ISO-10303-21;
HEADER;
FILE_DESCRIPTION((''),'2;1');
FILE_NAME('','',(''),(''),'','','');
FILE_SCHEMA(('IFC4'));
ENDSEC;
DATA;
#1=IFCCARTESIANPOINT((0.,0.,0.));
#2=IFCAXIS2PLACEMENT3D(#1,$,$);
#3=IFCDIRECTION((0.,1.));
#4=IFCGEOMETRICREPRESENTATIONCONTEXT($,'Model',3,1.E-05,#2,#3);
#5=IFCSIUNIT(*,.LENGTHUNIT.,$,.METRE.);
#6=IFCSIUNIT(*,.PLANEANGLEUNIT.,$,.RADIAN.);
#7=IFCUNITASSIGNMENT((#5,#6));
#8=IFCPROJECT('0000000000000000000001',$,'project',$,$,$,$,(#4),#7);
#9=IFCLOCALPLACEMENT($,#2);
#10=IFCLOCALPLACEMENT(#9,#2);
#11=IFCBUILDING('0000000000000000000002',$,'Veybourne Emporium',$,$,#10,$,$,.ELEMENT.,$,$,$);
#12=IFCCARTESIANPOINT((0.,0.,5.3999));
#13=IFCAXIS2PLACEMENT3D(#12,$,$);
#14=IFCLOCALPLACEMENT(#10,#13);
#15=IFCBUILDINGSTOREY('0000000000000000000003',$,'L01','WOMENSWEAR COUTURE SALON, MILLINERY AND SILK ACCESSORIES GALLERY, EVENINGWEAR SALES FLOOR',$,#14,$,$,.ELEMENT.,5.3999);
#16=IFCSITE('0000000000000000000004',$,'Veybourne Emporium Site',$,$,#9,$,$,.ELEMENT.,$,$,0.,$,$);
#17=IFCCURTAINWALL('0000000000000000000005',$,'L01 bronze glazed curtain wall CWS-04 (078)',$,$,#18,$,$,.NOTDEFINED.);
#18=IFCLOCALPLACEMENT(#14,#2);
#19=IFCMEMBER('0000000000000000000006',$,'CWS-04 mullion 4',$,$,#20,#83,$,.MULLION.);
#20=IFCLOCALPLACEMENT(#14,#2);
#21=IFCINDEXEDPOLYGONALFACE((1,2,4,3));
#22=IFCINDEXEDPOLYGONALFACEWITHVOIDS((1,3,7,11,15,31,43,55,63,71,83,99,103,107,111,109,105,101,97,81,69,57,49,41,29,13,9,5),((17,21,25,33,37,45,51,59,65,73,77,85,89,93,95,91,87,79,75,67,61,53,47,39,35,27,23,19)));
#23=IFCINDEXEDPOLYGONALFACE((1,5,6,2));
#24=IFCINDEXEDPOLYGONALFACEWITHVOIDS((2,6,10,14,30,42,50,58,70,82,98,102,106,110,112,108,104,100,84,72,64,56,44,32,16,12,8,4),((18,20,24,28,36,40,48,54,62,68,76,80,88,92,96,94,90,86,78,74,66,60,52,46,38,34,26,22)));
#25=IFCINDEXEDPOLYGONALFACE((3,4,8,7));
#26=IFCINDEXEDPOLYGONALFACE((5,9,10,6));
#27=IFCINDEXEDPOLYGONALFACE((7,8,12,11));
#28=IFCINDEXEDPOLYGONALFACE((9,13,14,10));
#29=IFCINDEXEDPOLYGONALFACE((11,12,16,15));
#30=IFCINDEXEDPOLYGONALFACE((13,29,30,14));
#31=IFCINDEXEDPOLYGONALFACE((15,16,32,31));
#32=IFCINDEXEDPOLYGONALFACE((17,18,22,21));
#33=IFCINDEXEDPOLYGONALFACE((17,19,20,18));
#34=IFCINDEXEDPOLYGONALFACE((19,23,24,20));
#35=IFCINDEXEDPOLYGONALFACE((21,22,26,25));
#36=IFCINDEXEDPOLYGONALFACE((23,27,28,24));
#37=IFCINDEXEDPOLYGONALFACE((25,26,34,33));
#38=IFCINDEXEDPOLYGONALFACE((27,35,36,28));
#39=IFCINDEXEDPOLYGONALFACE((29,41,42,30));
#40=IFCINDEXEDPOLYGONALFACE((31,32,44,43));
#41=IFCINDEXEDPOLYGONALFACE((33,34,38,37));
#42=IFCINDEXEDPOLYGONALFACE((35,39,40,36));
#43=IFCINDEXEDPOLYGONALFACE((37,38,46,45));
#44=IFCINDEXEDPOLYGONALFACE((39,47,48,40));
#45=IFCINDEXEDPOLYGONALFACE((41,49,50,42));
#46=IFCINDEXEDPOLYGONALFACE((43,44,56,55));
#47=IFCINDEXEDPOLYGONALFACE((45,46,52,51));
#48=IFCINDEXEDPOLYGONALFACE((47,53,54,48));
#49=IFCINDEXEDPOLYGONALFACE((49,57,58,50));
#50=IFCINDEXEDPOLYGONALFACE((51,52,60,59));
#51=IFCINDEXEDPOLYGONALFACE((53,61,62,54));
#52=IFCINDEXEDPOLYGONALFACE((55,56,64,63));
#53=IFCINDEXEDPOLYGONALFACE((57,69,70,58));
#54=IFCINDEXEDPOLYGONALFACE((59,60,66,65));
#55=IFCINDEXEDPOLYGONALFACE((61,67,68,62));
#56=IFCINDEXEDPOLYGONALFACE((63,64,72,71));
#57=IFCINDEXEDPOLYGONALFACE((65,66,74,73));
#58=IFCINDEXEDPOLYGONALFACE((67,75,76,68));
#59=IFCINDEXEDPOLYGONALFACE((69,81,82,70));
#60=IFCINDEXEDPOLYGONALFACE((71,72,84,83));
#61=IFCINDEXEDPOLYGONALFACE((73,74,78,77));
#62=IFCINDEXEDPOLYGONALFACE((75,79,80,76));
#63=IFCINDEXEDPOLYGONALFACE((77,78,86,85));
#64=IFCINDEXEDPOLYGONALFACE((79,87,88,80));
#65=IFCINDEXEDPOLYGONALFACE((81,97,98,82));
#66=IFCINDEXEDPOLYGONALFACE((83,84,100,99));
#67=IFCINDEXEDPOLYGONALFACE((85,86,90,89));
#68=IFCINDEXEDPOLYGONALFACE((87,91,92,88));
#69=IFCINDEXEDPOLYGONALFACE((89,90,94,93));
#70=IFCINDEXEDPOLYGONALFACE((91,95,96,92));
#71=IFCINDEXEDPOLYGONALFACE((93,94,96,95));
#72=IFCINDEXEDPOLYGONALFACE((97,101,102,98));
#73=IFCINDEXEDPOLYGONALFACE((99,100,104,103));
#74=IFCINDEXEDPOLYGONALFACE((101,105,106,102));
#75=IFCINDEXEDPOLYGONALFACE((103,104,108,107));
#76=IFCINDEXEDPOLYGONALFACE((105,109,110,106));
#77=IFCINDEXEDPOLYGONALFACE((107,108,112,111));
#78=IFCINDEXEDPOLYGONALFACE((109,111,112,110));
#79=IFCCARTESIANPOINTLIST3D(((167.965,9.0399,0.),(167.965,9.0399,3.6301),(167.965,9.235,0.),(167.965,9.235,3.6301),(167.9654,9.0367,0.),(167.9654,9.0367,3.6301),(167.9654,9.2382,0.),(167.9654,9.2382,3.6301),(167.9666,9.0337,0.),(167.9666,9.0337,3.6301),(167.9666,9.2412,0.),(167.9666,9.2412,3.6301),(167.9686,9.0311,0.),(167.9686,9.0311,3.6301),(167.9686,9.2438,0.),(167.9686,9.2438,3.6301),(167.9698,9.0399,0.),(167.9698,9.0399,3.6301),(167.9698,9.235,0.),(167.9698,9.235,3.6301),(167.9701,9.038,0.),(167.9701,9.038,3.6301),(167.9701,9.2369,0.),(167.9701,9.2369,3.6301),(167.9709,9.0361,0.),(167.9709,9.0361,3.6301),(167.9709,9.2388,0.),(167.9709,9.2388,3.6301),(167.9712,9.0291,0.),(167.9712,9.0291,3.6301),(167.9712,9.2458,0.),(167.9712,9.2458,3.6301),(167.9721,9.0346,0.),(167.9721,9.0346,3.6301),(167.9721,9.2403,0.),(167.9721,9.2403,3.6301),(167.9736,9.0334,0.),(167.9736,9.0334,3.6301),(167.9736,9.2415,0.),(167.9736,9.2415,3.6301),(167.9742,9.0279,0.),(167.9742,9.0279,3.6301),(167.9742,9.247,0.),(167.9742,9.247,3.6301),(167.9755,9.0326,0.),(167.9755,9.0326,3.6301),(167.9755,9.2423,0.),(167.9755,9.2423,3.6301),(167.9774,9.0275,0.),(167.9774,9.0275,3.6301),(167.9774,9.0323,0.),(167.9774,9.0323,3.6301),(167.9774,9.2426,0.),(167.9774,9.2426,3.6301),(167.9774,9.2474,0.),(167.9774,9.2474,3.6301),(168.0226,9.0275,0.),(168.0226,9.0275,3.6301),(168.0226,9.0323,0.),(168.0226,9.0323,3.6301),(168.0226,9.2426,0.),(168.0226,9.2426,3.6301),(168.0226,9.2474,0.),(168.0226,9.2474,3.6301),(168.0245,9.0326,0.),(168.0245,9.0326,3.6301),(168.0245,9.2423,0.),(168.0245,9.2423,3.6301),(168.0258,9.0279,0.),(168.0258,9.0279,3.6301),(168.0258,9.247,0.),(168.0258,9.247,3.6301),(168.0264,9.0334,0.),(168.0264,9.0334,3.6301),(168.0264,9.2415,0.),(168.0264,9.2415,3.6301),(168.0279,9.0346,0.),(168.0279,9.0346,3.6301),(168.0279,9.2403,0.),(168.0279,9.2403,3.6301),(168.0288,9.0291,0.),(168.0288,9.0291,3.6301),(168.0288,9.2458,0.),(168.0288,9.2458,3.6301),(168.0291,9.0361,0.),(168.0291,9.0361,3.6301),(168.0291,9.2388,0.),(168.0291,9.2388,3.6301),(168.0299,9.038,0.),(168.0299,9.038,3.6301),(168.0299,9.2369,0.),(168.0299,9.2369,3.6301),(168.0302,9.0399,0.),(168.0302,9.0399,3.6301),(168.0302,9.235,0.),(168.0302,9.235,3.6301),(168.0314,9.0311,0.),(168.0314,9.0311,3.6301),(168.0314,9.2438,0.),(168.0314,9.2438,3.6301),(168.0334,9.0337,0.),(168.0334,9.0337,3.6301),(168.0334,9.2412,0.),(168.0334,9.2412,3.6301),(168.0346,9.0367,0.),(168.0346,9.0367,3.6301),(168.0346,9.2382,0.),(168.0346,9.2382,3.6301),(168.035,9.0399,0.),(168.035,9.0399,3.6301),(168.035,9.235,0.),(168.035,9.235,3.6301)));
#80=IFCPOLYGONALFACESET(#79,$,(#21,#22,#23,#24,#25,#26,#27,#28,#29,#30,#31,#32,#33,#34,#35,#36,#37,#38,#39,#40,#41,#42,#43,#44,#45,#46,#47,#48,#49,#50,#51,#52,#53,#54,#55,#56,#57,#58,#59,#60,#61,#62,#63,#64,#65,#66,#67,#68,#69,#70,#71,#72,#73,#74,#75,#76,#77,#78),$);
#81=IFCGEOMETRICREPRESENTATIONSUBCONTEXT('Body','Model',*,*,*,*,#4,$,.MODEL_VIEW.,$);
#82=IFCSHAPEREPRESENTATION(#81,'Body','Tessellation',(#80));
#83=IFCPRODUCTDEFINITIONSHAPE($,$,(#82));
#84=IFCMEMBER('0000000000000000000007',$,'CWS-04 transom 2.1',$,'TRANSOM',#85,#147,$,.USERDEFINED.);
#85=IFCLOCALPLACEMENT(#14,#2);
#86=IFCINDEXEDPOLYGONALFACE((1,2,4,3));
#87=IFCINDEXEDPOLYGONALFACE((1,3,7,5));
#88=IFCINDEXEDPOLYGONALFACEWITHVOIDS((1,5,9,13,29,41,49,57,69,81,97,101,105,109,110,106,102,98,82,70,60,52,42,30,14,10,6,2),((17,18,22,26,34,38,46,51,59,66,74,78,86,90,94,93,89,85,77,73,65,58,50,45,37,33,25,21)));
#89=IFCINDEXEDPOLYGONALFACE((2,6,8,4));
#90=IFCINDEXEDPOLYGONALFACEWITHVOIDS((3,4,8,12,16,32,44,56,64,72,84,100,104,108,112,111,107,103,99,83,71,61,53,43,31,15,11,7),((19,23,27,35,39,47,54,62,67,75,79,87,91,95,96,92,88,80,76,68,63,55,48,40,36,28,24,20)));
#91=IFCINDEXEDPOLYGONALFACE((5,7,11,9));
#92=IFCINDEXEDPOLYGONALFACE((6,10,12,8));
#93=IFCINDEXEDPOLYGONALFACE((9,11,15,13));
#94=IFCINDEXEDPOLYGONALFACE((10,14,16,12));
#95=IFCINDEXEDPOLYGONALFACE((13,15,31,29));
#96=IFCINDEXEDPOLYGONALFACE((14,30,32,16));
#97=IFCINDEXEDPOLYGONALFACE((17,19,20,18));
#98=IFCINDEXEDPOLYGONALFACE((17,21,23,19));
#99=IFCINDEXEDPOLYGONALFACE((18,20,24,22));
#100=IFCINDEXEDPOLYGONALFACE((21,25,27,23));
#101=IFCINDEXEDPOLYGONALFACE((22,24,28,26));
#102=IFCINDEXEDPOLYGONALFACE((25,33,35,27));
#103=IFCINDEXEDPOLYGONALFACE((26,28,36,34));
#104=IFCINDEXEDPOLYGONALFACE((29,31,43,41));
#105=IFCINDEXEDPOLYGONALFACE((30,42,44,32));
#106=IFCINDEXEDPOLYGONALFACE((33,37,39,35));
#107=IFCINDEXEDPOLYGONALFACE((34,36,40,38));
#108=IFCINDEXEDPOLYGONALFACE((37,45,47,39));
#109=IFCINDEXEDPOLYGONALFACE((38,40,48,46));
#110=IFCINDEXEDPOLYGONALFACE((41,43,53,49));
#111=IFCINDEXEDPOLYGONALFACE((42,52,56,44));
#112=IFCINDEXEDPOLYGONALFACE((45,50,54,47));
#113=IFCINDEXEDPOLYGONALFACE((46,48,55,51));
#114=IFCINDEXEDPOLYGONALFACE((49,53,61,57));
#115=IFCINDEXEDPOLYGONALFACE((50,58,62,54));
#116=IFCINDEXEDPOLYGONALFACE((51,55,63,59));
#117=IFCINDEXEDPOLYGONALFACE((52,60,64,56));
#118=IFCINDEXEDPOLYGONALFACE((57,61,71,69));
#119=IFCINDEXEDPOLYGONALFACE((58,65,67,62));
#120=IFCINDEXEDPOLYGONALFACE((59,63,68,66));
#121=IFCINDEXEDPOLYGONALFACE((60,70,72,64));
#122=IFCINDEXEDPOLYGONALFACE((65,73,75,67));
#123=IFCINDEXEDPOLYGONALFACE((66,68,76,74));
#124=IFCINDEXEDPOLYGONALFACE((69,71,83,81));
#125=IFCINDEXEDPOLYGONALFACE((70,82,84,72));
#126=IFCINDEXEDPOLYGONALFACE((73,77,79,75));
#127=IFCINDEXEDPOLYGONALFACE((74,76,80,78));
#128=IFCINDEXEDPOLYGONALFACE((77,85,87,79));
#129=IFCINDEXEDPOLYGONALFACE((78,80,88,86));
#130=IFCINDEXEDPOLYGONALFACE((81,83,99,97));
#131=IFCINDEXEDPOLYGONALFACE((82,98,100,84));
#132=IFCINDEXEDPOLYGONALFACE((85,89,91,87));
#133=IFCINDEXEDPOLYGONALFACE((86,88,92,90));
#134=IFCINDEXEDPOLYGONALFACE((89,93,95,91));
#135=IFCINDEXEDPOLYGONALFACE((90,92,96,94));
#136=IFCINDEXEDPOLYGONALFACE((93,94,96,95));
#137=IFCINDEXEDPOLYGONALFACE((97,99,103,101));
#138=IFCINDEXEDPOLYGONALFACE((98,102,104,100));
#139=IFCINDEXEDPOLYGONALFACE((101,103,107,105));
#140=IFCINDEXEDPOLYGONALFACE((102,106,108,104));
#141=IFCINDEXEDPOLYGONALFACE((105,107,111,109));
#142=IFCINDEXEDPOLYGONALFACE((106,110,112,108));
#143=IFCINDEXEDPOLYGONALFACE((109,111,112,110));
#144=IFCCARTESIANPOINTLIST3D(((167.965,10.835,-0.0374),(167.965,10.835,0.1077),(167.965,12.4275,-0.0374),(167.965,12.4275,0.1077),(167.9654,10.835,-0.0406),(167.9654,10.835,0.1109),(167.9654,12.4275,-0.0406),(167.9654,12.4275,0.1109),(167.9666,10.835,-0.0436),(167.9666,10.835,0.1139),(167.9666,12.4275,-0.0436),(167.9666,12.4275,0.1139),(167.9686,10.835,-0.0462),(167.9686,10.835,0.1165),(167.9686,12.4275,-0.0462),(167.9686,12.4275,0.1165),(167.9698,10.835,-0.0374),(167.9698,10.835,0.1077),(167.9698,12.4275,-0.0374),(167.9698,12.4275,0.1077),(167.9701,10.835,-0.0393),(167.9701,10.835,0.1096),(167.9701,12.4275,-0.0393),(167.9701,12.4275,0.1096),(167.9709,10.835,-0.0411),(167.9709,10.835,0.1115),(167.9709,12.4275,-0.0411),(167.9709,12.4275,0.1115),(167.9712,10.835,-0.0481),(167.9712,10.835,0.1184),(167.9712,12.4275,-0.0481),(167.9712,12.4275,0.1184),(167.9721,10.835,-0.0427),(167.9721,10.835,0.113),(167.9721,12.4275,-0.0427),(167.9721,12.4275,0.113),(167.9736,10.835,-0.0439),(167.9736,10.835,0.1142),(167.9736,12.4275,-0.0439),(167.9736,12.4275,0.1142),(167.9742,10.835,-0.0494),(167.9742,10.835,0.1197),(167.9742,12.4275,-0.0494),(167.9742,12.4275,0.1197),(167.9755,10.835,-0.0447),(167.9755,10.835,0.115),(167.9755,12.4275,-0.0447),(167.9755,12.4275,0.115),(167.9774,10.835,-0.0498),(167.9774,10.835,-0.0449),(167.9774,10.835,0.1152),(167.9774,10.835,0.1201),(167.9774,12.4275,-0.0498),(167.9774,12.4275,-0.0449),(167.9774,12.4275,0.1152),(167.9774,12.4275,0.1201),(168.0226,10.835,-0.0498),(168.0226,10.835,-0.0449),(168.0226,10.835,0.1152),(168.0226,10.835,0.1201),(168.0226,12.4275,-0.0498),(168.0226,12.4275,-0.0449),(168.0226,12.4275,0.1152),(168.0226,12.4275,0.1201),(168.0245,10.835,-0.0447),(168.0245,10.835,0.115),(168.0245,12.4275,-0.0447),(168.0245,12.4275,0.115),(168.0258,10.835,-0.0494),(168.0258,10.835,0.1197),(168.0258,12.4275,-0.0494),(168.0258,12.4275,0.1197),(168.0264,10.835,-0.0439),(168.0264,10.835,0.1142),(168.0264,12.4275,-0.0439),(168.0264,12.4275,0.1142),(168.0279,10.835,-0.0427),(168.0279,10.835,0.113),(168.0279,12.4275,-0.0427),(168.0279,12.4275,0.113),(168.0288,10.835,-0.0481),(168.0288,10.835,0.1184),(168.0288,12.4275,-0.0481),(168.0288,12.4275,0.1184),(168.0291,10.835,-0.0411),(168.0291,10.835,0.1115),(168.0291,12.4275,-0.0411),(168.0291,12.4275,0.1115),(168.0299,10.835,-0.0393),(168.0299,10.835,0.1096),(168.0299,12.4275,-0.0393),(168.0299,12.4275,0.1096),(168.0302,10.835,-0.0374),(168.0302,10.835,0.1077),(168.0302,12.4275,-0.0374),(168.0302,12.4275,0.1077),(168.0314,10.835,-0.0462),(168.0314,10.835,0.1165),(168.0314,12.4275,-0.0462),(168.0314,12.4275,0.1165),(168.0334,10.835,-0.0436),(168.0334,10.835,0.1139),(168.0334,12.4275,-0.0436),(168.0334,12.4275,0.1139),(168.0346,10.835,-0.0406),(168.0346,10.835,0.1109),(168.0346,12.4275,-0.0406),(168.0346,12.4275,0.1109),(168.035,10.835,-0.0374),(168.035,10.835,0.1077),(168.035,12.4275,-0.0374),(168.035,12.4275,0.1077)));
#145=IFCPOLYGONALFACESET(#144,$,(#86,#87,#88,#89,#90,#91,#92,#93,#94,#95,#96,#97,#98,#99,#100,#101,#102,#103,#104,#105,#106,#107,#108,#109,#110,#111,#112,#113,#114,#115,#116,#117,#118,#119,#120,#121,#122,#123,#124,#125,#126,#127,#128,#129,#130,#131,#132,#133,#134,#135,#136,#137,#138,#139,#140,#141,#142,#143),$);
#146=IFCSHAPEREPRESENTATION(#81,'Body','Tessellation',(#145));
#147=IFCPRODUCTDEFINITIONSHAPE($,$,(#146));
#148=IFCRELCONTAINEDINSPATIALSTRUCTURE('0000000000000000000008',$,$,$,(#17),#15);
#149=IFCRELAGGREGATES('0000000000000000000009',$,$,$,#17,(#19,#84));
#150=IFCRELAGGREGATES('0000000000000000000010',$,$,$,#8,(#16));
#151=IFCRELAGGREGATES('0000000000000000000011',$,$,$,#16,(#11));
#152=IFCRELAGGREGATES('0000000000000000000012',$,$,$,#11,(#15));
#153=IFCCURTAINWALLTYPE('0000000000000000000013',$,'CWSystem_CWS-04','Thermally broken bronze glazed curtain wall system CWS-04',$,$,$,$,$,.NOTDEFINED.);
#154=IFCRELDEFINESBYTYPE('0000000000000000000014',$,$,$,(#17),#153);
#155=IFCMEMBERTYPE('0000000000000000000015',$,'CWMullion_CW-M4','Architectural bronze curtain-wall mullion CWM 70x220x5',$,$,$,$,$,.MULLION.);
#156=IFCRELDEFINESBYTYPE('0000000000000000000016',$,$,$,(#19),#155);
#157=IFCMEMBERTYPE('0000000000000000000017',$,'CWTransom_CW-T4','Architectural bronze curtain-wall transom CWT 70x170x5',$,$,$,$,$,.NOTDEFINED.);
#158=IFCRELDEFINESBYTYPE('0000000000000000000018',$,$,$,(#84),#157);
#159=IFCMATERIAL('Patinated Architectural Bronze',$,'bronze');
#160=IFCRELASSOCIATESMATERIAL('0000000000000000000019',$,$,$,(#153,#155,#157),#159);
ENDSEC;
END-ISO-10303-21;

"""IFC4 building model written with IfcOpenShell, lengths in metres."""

from ifc_helpers import new_model, si_unit, direction, frame, origin, origin_2d, place, context, subcontext, project, spatial, hollow_rectangle, extrude, material, material_profile, profile_set, type_object, element, aggregate, save


model = new_model("IFC4")

# Units and contexts
model_context = context("Model", 3, precision=1e-05, world=origin(), true_north=direction((0.0, 1.0)))
body_context = subcontext(model_context, "Body", "Model", "MODEL_VIEW")
ifc_project = project(units=[si_unit("LENGTHUNIT", "METRE"), si_unit("PLANEANGLEUNIT", "RADIAN")], contexts=[model_context])

# Site, building, storey
site_placement = place(None, origin())
site = spatial("IfcSite", under=ifc_project, at=site_placement, Name="Veybourne Emporium Site", CompositionType="ELEMENT", RefElevation=0.0)
building_placement = place(site_placement, origin())
building = spatial("IfcBuilding", under=site, at=building_placement, Name="Veybourne Emporium", CompositionType="ELEMENT")
storey_placement = place(building_placement, frame((0.0, 0.0, 5.3999)))
storey = spatial("IfcBuildingStorey", under=building, at=storey_placement, Name="L01", Description="WOMENSWEAR COUTURE SALON, MILLINERY AND SILK ACCESSORIES GALLERY, EVENINGWEAR SALES FLOOR", CompositionType="ELEMENT", Elevation=5.3999)

# Curtain wall, members
ifc_material_1 = material(Name="Patinated Architectural Bronze", Category="bronze")
curtain_wall_type = type_object("IfcCurtainWallType", Name="CWSystem_CWS-04", Description="Thermally broken bronze glazed curtain wall system CWS-04", PredefinedType="NOTDEFINED", material=ifc_material_1)
curtain_wall_placement = place(storey_placement, origin())
curtain_wall = element("IfcCurtainWall", 1, at=curtain_wall_placement, inside=storey, type_object=curtain_wall_type, Name="L01 bronze glazed curtain wall CWS-04 (078)", PredefinedType="NOTDEFINED")
ifc_material_profile_1 = material_profile(ifc_material_1, hollow_rectangle(XDim=0.0701, YDim=0.22, WallThickness=0.0049, InnerFilletRadius=0.0076, OuterFilletRadius=0.0125, at=origin_2d()), Name="CWM 70x220x5")
ifc_profile_set_1 = profile_set([ifc_material_profile_1], Name="Patinated Architectural Bronze")
member_type_1 = type_object("IfcMemberType", Name="CWMullion_CW-M4", Description="Architectural bronze curtain-wall mullion CWM 70x220x5", PredefinedType="MULLION", material=ifc_profile_set_1)
member_1_placement = place(storey_placement, frame((168.0, 9.1375, 0.0), z_axis=(0.0, 0.0, 1.0), x_axis=(1.0, 0.0, 0.0)))
member_1 = element("IfcMember", 2, at=member_1_placement, type_object=member_type_1, Name="CWS-04 mullion 4", PredefinedType="MULLION", context=body_context, shape_type="SweptSolid", body=[
    extrude(hollow_rectangle(XDim=0.0701, YDim=0.22, WallThickness=0.0049, InnerFilletRadius=0.0076, OuterFilletRadius=0.0125, at=origin_2d()), origin(), (0.0, 0.0, 1.0), 3.6301),
])
ifc_material_profile_2 = material_profile(ifc_material_1, hollow_rectangle(XDim=0.0701, YDim=0.1699, WallThickness=0.0049, InnerFilletRadius=0.0076, OuterFilletRadius=0.0125, at=origin_2d()), Name="CWT 70x170x5")
ifc_profile_set_2 = profile_set([ifc_material_profile_2], Name="Patinated Architectural Bronze")
member_type_2 = type_object("IfcMemberType", Name="CWTransom_CW-T4", Description="Architectural bronze curtain-wall transom CWT 70x170x5", PredefinedType="NOTDEFINED", material=ifc_profile_set_2)
member_2_placement = place(storey_placement, frame((168.0, 12.4275, 0.0352), z_axis=(0.0, -1.0, 0.0), x_axis=(1.0, 0.0, 0.0)))
member_2 = element("IfcMember", 3, at=member_2_placement, type_object=member_type_2, Name="CWS-04 transom 2.1", ObjectType="TRANSOM", PredefinedType="USERDEFINED", context=body_context, shape_type="SweptSolid", body=[
    extrude(hollow_rectangle(XDim=0.0701, YDim=0.1699, WallThickness=0.0049, InnerFilletRadius=0.0076, OuterFilletRadius=0.0125, at=origin_2d()), origin(), (0.0, 0.0, 1.0), 1.5925),
])
aggregate(curtain_wall, [member_1, member_2])

save(model, "model.ifc")
